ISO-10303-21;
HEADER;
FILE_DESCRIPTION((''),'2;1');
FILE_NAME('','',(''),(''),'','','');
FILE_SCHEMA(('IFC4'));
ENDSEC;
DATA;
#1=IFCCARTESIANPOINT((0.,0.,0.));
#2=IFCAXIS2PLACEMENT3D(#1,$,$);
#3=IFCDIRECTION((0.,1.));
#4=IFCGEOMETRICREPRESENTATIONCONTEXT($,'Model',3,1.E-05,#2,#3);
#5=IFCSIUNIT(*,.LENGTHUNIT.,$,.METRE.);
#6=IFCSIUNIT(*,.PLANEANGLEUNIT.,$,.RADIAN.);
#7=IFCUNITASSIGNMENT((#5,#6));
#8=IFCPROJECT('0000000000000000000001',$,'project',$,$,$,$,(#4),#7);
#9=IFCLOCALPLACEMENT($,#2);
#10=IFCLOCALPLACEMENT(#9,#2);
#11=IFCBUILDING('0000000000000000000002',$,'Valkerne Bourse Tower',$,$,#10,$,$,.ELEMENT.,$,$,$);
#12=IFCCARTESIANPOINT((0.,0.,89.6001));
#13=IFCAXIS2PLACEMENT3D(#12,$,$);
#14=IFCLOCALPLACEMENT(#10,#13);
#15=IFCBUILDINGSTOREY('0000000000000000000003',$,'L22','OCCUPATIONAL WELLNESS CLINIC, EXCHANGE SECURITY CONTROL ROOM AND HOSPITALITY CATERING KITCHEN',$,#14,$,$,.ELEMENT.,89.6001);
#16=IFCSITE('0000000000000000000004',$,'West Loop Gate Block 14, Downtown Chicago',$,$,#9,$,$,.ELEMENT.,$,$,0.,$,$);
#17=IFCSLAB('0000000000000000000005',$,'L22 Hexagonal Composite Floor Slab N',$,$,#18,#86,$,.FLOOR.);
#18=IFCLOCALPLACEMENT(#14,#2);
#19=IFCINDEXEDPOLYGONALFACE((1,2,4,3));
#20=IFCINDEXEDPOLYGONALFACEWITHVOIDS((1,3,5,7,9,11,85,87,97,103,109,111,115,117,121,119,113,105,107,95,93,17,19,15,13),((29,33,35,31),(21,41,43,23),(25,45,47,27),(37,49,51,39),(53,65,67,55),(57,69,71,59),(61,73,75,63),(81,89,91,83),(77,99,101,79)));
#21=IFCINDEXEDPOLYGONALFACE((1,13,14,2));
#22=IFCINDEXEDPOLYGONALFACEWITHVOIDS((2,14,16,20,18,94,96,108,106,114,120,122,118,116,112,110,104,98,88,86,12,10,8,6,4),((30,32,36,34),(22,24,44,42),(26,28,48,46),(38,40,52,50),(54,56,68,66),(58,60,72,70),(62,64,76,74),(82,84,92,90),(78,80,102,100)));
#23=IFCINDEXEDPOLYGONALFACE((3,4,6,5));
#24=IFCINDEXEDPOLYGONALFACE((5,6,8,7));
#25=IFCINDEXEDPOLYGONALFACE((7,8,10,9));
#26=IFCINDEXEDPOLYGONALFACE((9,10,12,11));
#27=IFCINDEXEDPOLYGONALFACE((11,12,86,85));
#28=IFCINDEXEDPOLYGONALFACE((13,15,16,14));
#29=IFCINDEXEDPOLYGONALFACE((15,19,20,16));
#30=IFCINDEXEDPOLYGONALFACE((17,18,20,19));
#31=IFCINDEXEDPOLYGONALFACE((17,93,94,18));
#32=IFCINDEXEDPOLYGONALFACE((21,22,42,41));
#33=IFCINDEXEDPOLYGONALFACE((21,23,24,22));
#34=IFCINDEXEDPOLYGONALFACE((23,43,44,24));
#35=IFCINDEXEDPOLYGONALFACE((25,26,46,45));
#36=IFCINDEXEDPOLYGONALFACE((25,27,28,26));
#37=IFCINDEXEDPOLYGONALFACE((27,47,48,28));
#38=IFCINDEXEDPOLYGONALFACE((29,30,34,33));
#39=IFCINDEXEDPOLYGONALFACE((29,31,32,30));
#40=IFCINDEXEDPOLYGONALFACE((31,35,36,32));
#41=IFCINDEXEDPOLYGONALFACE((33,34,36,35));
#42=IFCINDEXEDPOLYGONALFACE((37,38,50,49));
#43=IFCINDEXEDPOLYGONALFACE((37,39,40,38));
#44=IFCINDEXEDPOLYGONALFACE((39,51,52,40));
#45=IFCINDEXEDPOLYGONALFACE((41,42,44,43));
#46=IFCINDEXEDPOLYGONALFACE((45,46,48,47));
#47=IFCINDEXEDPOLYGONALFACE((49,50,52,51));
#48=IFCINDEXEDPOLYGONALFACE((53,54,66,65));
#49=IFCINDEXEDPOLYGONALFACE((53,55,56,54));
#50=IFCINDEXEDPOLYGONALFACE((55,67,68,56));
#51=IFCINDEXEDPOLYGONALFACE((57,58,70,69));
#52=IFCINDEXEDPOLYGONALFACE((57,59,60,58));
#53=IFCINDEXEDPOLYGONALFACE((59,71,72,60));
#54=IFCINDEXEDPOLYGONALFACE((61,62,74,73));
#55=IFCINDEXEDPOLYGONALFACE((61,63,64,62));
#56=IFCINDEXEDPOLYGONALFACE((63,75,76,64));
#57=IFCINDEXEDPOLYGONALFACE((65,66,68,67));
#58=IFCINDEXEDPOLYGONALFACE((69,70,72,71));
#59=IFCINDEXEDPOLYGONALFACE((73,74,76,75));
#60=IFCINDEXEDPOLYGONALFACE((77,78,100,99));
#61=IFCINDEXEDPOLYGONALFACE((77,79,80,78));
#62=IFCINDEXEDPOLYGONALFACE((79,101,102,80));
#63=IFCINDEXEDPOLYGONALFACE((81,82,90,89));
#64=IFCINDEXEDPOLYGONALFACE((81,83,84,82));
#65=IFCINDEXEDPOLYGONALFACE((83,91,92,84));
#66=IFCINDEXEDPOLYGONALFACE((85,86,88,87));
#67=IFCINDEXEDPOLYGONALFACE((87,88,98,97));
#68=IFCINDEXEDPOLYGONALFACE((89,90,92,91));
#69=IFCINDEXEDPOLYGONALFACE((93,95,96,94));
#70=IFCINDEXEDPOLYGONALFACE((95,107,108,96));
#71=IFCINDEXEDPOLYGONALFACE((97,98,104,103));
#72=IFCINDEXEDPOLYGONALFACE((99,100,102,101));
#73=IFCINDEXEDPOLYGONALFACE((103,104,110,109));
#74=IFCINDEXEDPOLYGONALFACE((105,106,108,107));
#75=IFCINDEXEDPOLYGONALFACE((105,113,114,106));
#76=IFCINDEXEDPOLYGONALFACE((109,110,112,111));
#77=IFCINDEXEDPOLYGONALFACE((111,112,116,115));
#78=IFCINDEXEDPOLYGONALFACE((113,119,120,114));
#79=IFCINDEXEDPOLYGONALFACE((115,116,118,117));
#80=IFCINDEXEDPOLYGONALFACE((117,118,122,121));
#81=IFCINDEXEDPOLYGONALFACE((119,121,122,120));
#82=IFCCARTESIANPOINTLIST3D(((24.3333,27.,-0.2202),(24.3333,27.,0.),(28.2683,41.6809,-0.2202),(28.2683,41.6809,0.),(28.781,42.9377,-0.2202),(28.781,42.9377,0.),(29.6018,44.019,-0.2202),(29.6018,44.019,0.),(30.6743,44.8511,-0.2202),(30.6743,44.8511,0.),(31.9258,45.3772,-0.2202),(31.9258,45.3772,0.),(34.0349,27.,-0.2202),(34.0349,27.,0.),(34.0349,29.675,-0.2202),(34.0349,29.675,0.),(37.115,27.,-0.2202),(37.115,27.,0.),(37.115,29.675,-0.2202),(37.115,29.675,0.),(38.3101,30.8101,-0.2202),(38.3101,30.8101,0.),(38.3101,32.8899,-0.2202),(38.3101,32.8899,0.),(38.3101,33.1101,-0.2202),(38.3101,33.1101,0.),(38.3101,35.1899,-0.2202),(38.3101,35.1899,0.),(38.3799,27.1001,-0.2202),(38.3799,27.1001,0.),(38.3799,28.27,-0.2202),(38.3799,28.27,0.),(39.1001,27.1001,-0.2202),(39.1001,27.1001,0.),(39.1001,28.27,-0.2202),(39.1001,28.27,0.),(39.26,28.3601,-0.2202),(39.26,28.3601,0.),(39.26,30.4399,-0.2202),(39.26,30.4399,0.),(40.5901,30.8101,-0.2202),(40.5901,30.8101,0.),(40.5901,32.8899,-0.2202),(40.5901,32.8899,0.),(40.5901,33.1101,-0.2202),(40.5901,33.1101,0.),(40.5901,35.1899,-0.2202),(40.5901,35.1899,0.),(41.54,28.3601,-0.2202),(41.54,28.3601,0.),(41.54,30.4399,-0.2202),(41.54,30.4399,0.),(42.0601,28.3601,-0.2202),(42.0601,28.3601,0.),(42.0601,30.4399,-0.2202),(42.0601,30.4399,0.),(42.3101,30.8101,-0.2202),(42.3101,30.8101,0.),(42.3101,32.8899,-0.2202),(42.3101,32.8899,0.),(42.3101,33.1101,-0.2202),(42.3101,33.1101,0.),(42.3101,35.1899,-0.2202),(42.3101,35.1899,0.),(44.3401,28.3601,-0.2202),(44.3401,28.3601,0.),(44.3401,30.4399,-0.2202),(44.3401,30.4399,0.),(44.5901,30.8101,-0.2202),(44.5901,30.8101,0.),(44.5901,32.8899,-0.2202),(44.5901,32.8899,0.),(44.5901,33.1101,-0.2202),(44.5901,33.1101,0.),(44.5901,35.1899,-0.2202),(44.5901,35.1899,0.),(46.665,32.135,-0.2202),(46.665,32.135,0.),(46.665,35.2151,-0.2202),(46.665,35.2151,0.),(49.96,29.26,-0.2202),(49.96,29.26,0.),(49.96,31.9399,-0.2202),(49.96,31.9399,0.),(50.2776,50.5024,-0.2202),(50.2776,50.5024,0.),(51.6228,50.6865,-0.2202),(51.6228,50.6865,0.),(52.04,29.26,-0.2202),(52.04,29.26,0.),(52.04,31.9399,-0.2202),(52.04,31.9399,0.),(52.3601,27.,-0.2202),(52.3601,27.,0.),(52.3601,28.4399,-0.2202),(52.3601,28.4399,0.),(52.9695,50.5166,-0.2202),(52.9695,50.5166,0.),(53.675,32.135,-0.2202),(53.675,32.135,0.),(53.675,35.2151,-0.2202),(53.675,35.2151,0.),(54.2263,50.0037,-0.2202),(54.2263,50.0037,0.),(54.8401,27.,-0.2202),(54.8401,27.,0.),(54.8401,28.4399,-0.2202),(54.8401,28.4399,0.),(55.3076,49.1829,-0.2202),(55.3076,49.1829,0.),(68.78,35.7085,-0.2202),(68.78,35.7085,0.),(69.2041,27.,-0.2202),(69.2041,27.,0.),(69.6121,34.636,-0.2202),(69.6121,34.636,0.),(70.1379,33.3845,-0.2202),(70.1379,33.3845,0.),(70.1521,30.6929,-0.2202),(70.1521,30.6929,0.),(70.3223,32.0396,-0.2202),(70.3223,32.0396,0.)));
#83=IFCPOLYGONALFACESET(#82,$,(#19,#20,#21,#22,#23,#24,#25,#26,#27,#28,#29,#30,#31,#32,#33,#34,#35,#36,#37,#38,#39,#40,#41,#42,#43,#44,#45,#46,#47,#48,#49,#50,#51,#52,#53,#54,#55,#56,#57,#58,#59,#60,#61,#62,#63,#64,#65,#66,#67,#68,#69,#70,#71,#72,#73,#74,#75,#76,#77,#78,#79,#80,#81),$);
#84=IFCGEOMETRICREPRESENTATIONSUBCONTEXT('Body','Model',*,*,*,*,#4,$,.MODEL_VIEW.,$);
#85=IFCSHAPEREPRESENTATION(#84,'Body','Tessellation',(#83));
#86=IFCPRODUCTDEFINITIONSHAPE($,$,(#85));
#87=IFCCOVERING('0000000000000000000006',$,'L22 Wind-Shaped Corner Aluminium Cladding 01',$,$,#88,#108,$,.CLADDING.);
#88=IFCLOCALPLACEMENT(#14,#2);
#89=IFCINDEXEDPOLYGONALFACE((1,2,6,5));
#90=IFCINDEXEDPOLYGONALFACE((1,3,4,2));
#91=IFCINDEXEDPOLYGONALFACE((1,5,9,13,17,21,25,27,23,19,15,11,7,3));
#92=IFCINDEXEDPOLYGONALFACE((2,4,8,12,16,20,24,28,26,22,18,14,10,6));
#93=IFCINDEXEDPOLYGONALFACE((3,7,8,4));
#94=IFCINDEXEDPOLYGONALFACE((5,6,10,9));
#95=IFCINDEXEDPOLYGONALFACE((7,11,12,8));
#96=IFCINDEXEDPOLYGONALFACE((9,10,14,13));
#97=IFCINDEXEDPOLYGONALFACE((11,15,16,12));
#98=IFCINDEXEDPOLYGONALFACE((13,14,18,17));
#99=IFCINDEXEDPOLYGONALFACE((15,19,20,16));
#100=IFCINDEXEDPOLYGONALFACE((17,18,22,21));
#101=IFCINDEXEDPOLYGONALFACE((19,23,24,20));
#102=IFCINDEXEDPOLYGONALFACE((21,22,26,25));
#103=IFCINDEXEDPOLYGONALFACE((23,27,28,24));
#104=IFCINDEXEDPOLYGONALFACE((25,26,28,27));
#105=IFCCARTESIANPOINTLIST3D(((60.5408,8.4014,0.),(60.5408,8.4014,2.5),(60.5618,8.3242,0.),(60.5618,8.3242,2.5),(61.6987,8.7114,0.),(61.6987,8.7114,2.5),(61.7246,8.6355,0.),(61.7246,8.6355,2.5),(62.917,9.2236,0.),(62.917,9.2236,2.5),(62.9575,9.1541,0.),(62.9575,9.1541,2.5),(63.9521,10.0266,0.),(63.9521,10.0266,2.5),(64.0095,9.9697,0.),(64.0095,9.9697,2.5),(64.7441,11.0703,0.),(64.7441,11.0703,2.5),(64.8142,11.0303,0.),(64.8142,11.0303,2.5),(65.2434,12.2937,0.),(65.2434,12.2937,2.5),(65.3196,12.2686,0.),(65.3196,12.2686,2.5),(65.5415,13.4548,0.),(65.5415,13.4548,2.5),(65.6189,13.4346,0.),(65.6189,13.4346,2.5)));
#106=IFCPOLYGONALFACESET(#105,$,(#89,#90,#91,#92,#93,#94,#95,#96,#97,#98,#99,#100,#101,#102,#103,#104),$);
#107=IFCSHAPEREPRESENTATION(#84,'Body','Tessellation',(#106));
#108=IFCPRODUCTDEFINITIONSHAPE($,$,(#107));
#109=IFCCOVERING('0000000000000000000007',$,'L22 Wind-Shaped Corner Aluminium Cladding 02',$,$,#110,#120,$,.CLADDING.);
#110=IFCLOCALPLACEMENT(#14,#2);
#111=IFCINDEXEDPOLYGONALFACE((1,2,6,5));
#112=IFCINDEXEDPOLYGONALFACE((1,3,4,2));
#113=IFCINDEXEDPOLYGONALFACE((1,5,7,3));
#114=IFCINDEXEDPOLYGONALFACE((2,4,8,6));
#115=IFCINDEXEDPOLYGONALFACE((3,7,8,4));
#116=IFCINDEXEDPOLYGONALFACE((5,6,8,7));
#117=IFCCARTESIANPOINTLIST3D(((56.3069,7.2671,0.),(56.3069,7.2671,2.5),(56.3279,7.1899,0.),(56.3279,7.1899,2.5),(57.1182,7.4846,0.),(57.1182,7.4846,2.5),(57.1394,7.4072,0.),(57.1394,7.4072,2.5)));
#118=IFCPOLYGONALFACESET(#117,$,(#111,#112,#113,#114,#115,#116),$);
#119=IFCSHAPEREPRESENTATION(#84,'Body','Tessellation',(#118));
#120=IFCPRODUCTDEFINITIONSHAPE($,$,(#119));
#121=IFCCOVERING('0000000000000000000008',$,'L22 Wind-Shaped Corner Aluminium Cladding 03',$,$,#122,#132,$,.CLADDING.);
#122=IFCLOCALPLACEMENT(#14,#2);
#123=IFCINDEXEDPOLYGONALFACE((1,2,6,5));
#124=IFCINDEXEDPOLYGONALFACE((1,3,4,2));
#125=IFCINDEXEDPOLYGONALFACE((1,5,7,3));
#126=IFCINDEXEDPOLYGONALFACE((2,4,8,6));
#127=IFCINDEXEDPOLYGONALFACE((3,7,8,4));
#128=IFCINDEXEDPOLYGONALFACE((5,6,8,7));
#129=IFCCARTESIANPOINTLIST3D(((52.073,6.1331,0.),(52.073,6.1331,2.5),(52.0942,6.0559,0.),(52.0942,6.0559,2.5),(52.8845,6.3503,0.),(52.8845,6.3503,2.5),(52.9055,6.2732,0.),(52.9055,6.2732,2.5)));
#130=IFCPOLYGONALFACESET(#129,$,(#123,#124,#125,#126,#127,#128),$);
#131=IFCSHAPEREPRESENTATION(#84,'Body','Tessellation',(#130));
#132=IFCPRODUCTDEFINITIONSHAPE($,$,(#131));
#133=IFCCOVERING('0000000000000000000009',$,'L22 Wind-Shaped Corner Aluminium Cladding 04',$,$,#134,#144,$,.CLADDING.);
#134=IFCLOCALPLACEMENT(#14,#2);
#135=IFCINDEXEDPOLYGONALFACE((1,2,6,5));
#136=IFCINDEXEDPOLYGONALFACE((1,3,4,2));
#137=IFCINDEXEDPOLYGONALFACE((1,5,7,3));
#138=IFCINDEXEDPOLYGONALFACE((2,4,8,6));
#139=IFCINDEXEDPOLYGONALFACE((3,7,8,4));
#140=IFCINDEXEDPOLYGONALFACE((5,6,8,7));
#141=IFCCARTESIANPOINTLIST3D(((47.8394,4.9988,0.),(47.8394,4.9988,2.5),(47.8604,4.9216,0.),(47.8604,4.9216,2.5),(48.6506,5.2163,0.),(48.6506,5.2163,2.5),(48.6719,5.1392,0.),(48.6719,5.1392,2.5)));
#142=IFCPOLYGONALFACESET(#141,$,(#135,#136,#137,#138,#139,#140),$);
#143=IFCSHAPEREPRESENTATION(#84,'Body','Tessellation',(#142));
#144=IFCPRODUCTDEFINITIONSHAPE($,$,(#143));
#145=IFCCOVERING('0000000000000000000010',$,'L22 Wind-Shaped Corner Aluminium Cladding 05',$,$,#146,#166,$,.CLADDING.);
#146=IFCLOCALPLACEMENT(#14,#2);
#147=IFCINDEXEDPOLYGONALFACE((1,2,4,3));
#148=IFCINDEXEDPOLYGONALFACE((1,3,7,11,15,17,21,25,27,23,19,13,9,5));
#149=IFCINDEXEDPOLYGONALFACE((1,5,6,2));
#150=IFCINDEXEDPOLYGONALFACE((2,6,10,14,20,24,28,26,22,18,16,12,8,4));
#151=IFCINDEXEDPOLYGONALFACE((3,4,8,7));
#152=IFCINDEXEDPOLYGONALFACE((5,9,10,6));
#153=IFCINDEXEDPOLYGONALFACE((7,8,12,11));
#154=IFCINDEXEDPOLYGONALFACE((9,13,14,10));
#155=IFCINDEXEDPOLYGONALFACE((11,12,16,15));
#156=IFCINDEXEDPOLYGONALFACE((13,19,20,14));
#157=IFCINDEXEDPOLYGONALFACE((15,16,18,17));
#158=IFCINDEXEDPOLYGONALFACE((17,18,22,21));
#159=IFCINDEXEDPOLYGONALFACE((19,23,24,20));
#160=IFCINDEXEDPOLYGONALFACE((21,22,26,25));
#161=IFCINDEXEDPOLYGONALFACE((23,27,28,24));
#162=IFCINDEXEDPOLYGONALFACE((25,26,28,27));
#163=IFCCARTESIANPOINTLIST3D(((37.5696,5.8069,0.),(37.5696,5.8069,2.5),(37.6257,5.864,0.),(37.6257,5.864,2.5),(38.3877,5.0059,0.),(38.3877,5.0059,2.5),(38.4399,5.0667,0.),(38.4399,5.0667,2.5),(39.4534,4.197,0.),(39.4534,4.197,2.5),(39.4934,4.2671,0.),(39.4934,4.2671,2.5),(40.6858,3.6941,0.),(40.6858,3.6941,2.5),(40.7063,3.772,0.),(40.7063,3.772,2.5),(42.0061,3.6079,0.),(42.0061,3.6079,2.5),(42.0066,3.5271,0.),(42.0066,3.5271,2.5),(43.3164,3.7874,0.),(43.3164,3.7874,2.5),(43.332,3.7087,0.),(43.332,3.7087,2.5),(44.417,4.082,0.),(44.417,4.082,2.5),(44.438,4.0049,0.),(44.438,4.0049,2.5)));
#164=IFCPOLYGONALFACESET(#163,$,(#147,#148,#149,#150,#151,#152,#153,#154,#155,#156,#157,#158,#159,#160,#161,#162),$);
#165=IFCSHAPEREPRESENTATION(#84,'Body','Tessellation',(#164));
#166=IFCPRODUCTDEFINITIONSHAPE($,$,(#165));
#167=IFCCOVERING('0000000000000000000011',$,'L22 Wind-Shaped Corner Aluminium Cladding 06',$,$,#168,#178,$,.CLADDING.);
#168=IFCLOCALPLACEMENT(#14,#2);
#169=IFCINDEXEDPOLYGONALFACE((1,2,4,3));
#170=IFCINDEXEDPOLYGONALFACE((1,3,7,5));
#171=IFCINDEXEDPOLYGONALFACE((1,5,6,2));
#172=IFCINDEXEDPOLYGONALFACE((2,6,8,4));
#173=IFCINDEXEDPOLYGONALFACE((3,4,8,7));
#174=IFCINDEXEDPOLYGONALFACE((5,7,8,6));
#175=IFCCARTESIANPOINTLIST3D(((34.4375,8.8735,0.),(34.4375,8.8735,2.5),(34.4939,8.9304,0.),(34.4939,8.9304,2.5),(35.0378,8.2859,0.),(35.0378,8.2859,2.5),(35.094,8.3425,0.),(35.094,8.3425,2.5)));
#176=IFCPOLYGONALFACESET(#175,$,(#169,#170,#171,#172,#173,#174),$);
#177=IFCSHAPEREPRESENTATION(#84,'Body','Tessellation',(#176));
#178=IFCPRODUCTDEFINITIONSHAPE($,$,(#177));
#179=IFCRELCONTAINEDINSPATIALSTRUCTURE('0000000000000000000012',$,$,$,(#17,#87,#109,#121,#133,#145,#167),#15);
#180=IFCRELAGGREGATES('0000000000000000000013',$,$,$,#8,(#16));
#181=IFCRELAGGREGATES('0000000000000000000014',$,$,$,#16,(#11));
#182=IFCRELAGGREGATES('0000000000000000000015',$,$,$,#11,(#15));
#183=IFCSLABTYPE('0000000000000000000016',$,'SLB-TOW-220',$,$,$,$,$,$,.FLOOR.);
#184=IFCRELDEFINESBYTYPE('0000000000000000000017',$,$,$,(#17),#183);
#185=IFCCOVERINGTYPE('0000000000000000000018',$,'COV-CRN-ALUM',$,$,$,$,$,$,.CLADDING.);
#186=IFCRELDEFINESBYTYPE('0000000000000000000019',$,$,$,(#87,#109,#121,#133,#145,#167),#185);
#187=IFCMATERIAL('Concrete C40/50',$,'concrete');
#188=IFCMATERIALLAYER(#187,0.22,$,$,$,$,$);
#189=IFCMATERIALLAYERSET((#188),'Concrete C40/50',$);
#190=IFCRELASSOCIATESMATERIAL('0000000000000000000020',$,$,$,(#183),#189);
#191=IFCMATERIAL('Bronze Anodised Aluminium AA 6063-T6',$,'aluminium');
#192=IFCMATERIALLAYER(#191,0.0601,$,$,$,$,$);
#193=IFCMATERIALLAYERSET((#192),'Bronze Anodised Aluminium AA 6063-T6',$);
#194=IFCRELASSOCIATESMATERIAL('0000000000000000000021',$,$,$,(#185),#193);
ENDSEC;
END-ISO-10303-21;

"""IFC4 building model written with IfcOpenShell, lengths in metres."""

from ifc_helpers import new_model, si_unit, direction, frame, origin, place, context, subcontext, project, spatial, polyline, outline, extrude, material, layer, layer_set, type_object, element, save


model = new_model("IFC4")

# Units and contexts
model_context = context("Model", 3, precision=1e-05, world=origin(), true_north=direction((0.0, 1.0)))
body_context = subcontext(model_context, "Body", "Model", "MODEL_VIEW")
ifc_project = project(units=[si_unit("LENGTHUNIT", "METRE"), si_unit("PLANEANGLEUNIT", "RADIAN")], contexts=[model_context])

# Site, building, storey
site_placement = place(None, origin())
site = spatial("IfcSite", under=ifc_project, at=site_placement, Name="West Loop Gate Block 14, Downtown Chicago", CompositionType="ELEMENT", RefElevation=0.0)
building_placement = place(site_placement, origin())
building = spatial("IfcBuilding", under=site, at=building_placement, Name="Valkerne Bourse Tower", CompositionType="ELEMENT")
storey_placement = place(building_placement, frame((0.0, 0.0, 89.6001)))
storey = spatial("IfcBuildingStorey", under=building, at=storey_placement, Name="L22", Description="OCCUPATIONAL WELLNESS CLINIC, EXCHANGE SECURITY CONTROL ROOM AND HOSPITALITY CATERING KITCHEN", CompositionType="ELEMENT", Elevation=89.6001)

# Slab
ifc_material_1 = material(Name="Concrete C40/50", Category="concrete")
ifc_layer_1 = layer(ifc_material_1, 0.22)
ifc_layer_set_1 = layer_set([ifc_layer_1], Name="Concrete C40/50")
slab_type_1 = type_object("IfcSlabType", Name="SLB-TOW-220", PredefinedType="FLOOR", material=ifc_layer_set_1)
slab_1_placement = place(storey_placement, frame((0.0, 0.0, -0.2202)))
element("IfcSlab", 1, at=slab_1_placement, inside=storey, type_object=slab_type_1, Name="L22 Hexagonal Composite Floor Slab N", PredefinedType="FLOOR", context=body_context, shape_type="SweptSolid", body=[
    extrude(outline(polyline([(28.2683, 41.6809), (28.781, 42.9377), (29.6018, 44.019), (30.6743, 44.8511), (31.9258, 45.3772), (50.2776, 50.5024), (51.6228, 50.6865), (52.9695, 50.5166), (54.2263, 50.0037), (55.3076, 49.1829), (68.78, 35.7085), (69.6121, 34.636), (70.1379, 33.3845), (70.3223, 32.0396), (70.1521, 30.6929), (69.2041, 27.0), (54.8401, 27.0), (54.8401, 28.4399), (52.3601, 28.4399), (52.3601, 27.0), (37.115, 27.0), (37.115, 29.675), (34.0349, 29.675), (34.0349, 27.0), (24.3333, 27.0), (28.2683, 41.6809)]), holes=[polyline([(39.1001, 28.27), (38.3799, 28.27), (38.3799, 27.1001), (39.1001, 27.1001), (39.1001, 28.27)]), polyline([(41.54, 30.4399), (39.26, 30.4399), (39.26, 28.3601), (41.54, 28.3601), (41.54, 30.4399)]), polyline([(44.3401, 30.4399), (42.0601, 30.4399), (42.0601, 28.3601), (44.3401, 28.3601), (44.3401, 30.4399)]), polyline([(40.5901, 30.8101), (40.5901, 32.8899), (38.3101, 32.8899), (38.3101, 30.8101), (40.5901, 30.8101)]), polyline([(40.5901, 33.1101), (40.5901, 35.1899), (38.3101, 35.1899), (38.3101, 33.1101), (40.5901, 33.1101)]), polyline([(52.04, 31.9399), (49.96, 31.9399), (49.96, 29.26), (52.04, 29.26), (52.04, 31.9399)]), polyline([(44.5901, 32.8899), (42.3101, 32.8899), (42.3101, 30.8101), (44.5901, 30.8101), (44.5901, 32.8899)]), polyline([(53.675, 32.135), (53.675, 35.2151), (46.665, 35.2151), (46.665, 32.135), (53.675, 32.135)]), polyline([(44.5901, 33.1101), (44.5901, 35.1899), (42.3101, 35.1899), (42.3101, 33.1101), (44.5901, 33.1101)])]), origin(), (0.0, 0.0, 1.0), 0.2202),
])

# Coverings
ifc_material_2 = material(Name="Bronze Anodised Aluminium AA 6063-T6", Category="aluminium")
ifc_layer_2 = layer(ifc_material_2, 0.0601)
ifc_layer_set_2 = layer_set([ifc_layer_2], Name="Bronze Anodised Aluminium AA 6063-T6")
covering_type = type_object("IfcCoveringType", Name="COV-CRN-ALUM", PredefinedType="CLADDING", material=ifc_layer_set_2)
covering_1_placement = place(storey_placement, origin())
element("IfcCovering", 2, at=covering_1_placement, inside=storey, type_object=covering_type, Name="L22 Wind-Shaped Corner Aluminium Cladding 01", PredefinedType="CLADDING", context=body_context, shape_type="SweptSolid", body=[
    extrude(outline(polyline([(64.8142, 11.0303), (64.0095, 9.9697), (62.9575, 9.1541), (61.7246, 8.6355), (60.5618, 8.3242), (60.5408, 8.4014), (61.6987, 8.7114), (62.917, 9.2236), (63.9521, 10.0266), (64.7441, 11.0703), (65.2434, 12.2937), (65.5415, 13.4548), (65.6189, 13.4346), (65.3196, 12.2686), (64.8142, 11.0303)])), origin(), (0.0, 0.0, 1.0), 2.5),
])
covering_2_placement = place(storey_placement, origin())
element("IfcCovering", 3, at=covering_2_placement, inside=storey, type_object=covering_type, Name="L22 Wind-Shaped Corner Aluminium Cladding 02", PredefinedType="CLADDING", context=body_context, shape_type="SweptSolid", body=[
    extrude(outline(polyline([(56.3279, 7.1899), (56.3069, 7.2671), (57.1182, 7.4846), (57.1394, 7.4072), (56.3279, 7.1899)])), origin(), (0.0, 0.0, 1.0), 2.5),
])
covering_3_placement = place(storey_placement, origin())
element("IfcCovering", 4, at=covering_3_placement, inside=storey, type_object=covering_type, Name="L22 Wind-Shaped Corner Aluminium Cladding 03", PredefinedType="CLADDING", context=body_context, shape_type="SweptSolid", body=[
    extrude(outline(polyline([(52.0942, 6.0559), (52.073, 6.1331), (52.8845, 6.3503), (52.9055, 6.2732), (52.0942, 6.0559)])), origin(), (0.0, 0.0, 1.0), 2.5),
])
covering_4_placement = place(storey_placement, origin())
element("IfcCovering", 5, at=covering_4_placement, inside=storey, type_object=covering_type, Name="L22 Wind-Shaped Corner Aluminium Cladding 04", PredefinedType="CLADDING", context=body_context, shape_type="SweptSolid", body=[
    extrude(outline(polyline([(47.8604, 4.9216), (47.8394, 4.9988), (48.6506, 5.2163), (48.6719, 5.1392), (47.8604, 4.9216)])), origin(), (0.0, 0.0, 1.0), 2.5),
])
covering_5_placement = place(storey_placement, origin())
element("IfcCovering", 6, at=covering_5_placement, inside=storey, type_object=covering_type, Name="L22 Wind-Shaped Corner Aluminium Cladding 05", PredefinedType="CLADDING", context=body_context, shape_type="SweptSolid", body=[
    extrude(outline(polyline([(43.332, 3.7087), (42.0066, 3.5271), (40.6858, 3.6941), (39.4534, 4.197), (38.3877, 5.0059), (37.5696, 5.8069), (37.6257, 5.864), (38.4399, 5.0667), (39.4934, 4.2671), (40.7063, 3.772), (42.0061, 3.6079), (43.3164, 3.7874), (44.417, 4.082), (44.438, 4.0049), (43.332, 3.7087)])), origin(), (0.0, 0.0, 1.0), 2.5),
])
covering_6_placement = place(storey_placement, origin())
element("IfcCovering", 7, at=covering_6_placement, inside=storey, type_object=covering_type, Name="L22 Wind-Shaped Corner Aluminium Cladding 06", PredefinedType="CLADDING", context=body_context, shape_type="SweptSolid", body=[
    extrude(outline(polyline([(34.4375, 8.8735), (34.4939, 8.9304), (35.094, 8.3425), (35.0378, 8.2859), (34.4375, 8.8735)])), origin(), (0.0, 0.0, 1.0), 2.5),
])

save(model, "model.ifc")
